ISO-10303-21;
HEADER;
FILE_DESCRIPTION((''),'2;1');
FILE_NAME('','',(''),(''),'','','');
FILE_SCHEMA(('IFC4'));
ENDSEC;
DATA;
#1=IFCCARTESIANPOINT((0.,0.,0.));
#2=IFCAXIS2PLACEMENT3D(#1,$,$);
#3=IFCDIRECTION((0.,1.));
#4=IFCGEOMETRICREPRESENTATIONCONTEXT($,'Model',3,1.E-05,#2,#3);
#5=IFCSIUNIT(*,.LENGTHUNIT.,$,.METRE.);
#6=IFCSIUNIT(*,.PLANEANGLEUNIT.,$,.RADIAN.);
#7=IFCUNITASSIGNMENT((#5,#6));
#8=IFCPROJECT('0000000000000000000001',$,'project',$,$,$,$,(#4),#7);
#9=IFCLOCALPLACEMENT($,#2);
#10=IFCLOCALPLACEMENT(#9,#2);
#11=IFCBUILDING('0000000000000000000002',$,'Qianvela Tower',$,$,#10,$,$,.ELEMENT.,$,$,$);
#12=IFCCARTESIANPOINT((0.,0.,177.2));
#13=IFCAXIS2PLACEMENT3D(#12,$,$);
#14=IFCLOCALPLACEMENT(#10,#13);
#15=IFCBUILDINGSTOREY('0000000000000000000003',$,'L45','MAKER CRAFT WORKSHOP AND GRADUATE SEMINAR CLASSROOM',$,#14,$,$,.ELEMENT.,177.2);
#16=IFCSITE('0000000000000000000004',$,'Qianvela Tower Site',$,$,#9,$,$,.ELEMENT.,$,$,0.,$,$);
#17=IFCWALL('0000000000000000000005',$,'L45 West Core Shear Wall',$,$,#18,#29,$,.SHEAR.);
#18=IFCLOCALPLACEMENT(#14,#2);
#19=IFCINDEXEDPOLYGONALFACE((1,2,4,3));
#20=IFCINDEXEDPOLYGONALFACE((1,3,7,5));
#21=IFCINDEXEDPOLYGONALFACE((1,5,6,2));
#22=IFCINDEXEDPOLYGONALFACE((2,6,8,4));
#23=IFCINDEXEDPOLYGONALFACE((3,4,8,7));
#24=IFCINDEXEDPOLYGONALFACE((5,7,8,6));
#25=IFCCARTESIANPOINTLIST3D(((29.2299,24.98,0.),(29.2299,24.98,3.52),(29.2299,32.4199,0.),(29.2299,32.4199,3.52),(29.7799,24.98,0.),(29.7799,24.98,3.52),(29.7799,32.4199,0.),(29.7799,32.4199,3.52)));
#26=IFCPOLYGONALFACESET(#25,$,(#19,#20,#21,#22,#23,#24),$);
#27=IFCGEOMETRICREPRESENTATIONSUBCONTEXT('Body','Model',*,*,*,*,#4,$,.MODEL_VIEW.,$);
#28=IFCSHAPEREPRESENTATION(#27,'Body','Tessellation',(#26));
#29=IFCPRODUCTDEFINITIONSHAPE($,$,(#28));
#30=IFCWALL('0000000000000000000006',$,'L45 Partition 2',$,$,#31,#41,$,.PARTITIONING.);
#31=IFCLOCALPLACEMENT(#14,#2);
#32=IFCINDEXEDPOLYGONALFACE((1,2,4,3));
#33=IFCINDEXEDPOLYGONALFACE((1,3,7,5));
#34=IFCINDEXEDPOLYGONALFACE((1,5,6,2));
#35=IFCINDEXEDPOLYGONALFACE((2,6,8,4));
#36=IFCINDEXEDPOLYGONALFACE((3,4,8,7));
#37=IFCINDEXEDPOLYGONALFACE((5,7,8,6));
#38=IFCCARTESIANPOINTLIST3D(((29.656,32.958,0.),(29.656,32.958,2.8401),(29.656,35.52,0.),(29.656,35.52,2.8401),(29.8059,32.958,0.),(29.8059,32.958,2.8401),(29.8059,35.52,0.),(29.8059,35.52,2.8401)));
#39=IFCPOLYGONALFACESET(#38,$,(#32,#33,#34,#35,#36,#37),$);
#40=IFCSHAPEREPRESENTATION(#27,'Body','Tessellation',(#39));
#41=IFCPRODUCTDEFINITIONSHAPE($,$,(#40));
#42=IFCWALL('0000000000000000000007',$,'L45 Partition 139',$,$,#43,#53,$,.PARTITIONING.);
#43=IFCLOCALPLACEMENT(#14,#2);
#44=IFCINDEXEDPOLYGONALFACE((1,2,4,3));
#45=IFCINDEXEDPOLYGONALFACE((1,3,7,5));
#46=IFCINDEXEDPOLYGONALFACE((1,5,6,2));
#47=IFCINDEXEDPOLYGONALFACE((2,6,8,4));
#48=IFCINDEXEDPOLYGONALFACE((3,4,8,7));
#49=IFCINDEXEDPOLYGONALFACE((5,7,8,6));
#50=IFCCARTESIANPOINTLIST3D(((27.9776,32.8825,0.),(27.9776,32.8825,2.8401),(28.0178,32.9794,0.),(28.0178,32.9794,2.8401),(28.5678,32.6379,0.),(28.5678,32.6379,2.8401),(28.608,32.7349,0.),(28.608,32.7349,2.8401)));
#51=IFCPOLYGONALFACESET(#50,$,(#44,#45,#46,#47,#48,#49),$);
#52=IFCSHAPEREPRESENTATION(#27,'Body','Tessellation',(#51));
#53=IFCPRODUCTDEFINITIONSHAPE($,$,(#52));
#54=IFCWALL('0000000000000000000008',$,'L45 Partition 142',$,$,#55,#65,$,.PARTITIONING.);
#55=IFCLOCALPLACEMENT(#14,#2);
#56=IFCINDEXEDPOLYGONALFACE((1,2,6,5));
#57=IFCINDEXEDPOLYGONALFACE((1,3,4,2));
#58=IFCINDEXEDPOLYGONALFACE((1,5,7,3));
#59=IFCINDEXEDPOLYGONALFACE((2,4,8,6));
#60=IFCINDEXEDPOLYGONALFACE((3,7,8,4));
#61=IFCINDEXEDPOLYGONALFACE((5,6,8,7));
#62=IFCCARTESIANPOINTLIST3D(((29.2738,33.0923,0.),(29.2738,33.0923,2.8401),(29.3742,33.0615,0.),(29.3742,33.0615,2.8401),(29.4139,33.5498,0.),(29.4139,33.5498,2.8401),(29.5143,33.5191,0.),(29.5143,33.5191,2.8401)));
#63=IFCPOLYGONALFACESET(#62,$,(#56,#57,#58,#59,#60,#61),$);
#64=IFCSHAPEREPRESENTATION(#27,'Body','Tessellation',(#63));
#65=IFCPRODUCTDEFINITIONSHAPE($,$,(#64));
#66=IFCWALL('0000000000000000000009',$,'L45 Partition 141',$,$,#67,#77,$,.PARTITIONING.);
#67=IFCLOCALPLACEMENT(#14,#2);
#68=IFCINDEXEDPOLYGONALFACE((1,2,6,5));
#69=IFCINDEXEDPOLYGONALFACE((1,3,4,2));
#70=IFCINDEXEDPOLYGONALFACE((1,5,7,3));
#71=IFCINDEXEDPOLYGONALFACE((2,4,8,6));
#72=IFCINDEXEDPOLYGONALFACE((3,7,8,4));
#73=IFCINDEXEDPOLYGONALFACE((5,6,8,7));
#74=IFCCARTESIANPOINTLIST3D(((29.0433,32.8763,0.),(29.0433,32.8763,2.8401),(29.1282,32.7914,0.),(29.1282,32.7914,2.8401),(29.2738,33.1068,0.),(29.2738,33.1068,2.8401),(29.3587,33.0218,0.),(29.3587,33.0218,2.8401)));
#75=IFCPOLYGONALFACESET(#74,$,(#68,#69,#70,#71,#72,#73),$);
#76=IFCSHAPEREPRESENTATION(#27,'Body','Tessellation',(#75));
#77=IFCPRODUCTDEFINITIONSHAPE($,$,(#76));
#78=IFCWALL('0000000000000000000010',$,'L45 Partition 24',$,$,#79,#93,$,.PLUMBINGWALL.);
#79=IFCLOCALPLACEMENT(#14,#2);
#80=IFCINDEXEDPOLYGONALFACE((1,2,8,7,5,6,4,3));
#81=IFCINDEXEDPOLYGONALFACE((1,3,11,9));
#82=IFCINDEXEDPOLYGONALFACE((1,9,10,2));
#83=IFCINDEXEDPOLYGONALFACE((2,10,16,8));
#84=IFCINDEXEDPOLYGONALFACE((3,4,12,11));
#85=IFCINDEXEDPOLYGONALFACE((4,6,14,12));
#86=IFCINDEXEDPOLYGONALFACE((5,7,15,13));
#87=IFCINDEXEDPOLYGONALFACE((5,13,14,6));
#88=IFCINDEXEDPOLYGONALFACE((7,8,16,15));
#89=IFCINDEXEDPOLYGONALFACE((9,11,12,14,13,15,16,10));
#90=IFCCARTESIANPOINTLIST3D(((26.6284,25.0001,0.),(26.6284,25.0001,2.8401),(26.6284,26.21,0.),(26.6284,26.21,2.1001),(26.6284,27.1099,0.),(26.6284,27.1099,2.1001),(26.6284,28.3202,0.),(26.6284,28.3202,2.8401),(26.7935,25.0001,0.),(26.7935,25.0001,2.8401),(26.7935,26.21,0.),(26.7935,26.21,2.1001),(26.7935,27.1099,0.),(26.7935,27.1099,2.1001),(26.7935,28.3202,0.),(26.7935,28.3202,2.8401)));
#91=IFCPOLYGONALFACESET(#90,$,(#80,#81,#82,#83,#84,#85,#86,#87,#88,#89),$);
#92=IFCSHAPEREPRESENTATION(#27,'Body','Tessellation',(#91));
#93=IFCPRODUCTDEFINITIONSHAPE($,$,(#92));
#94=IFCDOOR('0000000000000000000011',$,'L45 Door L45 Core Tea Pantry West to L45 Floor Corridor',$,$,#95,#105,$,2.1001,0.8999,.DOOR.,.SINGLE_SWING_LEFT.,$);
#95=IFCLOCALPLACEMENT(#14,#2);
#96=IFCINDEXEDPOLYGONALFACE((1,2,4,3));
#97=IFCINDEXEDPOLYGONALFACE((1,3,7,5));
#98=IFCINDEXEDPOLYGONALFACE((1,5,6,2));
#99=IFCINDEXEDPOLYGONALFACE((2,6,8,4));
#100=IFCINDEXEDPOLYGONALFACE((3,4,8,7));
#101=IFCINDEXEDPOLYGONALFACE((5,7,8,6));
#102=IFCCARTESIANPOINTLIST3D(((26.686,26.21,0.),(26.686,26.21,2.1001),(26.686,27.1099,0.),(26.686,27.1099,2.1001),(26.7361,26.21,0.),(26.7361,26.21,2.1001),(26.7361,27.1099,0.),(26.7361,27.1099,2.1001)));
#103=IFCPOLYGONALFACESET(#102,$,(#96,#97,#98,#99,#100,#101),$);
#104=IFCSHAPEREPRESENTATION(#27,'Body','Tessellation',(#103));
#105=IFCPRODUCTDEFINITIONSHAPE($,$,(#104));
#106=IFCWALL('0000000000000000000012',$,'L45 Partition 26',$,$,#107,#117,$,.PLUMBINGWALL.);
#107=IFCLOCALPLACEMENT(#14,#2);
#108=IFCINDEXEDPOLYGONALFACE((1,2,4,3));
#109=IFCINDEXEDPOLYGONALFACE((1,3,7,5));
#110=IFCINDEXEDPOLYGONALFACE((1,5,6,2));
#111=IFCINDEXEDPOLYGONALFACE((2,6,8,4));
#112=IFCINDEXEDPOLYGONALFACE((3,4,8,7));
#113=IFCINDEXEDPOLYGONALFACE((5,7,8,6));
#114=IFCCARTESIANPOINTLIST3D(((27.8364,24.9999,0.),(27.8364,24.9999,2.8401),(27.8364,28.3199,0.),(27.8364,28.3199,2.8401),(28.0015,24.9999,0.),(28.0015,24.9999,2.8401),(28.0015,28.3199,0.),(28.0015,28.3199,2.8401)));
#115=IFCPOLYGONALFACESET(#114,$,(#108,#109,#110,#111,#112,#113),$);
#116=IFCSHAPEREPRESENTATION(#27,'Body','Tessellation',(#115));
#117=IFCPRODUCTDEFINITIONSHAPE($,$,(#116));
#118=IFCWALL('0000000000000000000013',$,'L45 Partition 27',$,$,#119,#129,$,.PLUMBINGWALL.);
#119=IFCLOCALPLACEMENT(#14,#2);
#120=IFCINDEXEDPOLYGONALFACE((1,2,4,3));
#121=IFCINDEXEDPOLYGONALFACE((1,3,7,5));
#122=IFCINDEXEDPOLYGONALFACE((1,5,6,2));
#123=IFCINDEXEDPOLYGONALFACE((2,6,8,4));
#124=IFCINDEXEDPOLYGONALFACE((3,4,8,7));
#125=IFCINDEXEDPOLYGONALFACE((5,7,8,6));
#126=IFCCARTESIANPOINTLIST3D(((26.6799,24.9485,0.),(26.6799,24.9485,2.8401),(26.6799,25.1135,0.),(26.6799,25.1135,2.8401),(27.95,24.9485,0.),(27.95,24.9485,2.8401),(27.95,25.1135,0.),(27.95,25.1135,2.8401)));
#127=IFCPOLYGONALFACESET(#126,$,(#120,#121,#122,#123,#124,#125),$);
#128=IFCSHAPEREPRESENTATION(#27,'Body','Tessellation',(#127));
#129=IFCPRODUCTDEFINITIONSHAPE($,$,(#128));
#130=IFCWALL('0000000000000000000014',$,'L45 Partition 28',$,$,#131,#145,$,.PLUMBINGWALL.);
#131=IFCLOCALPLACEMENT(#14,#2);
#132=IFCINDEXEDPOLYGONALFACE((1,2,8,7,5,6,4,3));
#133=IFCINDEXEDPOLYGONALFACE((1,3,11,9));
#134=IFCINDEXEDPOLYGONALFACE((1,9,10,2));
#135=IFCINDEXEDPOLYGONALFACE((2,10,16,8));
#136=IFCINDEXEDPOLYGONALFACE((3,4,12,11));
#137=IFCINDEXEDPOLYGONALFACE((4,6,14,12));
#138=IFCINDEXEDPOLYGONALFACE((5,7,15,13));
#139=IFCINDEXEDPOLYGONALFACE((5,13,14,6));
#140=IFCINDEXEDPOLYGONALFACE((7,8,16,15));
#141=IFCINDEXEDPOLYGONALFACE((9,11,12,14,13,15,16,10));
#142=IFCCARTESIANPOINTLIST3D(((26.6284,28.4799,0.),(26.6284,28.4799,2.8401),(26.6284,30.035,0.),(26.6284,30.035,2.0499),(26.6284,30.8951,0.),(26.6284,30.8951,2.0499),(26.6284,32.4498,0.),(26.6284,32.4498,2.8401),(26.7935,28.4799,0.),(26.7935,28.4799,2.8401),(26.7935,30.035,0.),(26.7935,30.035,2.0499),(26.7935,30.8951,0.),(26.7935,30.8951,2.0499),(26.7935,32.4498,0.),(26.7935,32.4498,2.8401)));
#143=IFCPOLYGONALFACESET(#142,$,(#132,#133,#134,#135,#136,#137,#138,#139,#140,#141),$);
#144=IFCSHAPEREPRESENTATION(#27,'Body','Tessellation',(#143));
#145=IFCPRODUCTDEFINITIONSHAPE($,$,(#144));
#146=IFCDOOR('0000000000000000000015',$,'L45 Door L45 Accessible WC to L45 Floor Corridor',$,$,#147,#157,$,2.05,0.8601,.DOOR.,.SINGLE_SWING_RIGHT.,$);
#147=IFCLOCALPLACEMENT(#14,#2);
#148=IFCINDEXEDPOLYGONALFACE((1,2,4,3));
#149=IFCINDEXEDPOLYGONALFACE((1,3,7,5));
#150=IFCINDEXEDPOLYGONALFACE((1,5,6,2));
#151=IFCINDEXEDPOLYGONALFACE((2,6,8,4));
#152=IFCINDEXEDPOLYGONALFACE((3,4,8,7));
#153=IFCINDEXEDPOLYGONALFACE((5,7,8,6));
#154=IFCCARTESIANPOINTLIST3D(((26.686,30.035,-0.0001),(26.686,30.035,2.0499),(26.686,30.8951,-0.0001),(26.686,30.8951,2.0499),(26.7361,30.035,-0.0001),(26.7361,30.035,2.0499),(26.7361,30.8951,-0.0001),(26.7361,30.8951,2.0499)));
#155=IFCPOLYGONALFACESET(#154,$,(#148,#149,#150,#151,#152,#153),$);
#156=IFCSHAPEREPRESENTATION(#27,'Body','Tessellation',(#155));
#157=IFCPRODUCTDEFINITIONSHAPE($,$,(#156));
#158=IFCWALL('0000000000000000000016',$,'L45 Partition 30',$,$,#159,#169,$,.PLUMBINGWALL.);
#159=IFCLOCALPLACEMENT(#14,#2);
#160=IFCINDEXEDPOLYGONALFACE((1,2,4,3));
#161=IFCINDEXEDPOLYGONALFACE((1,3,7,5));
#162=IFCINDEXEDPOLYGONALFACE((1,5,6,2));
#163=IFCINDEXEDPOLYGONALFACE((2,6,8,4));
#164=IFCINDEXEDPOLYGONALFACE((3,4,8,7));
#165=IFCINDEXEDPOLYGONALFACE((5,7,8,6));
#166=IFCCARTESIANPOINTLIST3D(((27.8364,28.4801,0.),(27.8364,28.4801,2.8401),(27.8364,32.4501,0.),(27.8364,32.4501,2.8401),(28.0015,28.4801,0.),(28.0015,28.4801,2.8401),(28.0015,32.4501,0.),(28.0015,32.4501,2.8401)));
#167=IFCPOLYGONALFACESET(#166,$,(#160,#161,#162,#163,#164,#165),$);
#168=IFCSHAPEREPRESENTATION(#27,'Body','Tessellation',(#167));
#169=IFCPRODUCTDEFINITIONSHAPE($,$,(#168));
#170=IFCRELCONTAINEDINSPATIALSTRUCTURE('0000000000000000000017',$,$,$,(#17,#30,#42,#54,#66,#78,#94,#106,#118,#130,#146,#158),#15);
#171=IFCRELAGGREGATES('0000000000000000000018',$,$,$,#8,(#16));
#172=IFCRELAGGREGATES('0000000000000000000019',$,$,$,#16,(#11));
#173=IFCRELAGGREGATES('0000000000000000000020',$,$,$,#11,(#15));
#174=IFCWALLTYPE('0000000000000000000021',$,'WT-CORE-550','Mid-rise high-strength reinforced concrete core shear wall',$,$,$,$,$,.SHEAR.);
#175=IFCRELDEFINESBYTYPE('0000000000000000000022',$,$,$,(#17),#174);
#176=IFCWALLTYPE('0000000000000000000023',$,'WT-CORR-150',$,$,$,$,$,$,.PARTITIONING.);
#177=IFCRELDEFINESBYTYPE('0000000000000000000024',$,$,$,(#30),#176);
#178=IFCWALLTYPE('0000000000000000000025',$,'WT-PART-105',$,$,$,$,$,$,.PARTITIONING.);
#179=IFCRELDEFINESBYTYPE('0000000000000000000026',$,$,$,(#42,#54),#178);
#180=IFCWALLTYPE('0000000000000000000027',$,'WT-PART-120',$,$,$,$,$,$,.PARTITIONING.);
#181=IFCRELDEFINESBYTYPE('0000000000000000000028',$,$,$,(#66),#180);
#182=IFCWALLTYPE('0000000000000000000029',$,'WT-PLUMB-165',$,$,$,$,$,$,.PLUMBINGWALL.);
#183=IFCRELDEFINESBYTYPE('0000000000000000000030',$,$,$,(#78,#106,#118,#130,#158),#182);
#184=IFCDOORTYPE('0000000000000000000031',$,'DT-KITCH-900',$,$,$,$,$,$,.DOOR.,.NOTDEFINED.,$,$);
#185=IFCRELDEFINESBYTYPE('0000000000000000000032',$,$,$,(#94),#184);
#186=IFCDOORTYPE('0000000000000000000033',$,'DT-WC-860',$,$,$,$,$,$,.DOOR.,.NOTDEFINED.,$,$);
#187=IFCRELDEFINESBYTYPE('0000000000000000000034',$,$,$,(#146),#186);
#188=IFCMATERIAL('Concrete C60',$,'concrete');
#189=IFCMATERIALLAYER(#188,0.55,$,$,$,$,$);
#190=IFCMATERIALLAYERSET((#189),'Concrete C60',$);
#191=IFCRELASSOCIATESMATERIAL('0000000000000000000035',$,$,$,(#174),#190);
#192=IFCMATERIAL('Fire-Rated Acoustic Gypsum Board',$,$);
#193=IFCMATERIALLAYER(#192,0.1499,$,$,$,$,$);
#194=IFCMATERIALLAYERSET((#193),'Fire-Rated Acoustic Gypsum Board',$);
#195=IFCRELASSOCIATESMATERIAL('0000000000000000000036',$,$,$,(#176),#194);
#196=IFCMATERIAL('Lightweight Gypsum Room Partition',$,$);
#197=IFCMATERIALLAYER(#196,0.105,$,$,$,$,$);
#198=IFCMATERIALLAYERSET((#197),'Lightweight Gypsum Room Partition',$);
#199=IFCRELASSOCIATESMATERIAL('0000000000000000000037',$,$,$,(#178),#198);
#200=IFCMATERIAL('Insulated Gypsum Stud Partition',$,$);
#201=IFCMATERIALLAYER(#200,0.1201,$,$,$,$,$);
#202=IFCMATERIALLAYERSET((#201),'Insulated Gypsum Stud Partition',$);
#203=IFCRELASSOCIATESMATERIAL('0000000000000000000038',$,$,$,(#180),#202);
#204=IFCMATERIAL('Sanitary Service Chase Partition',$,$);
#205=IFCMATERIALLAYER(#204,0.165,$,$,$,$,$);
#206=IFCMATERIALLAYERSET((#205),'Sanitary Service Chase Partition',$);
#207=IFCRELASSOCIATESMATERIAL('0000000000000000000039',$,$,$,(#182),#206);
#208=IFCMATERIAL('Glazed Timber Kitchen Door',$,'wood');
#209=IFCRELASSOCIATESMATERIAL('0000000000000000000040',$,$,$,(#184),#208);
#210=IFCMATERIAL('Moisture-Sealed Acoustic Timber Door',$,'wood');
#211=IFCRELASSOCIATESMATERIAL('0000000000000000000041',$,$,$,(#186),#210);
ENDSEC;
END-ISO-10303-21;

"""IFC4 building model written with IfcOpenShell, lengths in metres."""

from ifc_helpers import new_model, si_unit, direction, frame, frame_2d, origin, place, context, subcontext, project, spatial, rectangle, extrude, material, layer, layer_set, type_object, element, fill, save


model = new_model("IFC4")

# Units and contexts
model_context = context("Model", 3, precision=1e-05, world=origin(), true_north=direction((0.0, 1.0)))
body_context = subcontext(model_context, "Body", "Model", "MODEL_VIEW")
ifc_project = project(units=[si_unit("LENGTHUNIT", "METRE"), si_unit("PLANEANGLEUNIT", "RADIAN")], contexts=[model_context])

# Site, building, storey
site_placement = place(None, origin())
site = spatial("IfcSite", under=ifc_project, at=site_placement, Name="Qianvela Tower Site", CompositionType="ELEMENT", RefElevation=0.0)
building_placement = place(site_placement, origin())
building = spatial("IfcBuilding", under=site, at=building_placement, Name="Qianvela Tower", CompositionType="ELEMENT")
storey_placement = place(building_placement, frame((0.0, 0.0, 177.2)))
storey = spatial("IfcBuildingStorey", under=building, at=storey_placement, Name="L45", Description="MAKER CRAFT WORKSHOP AND GRADUATE SEMINAR CLASSROOM", CompositionType="ELEMENT", Elevation=177.2)

# Shared definitions
ifc_material_1 = material(Name="Concrete C60", Category="concrete")
ifc_layer_1 = layer(ifc_material_1, 0.55)
ifc_layer_set_1 = layer_set([ifc_layer_1], Name="Concrete C60")
wall_type_1 = type_object("IfcWallType", Name="WT-CORE-550", Description="Mid-rise high-strength reinforced concrete core shear wall", PredefinedType="SHEAR", material=ifc_layer_set_1)

# Walls
wall_1_placement = place(storey_placement, frame((29.5049, 24.98, 0.0), z_axis=(0.0, 0.0, 1.0), x_axis=(0.0, 1.0, 0.0)))
element("IfcWall", 1, at=wall_1_placement, inside=storey, type_object=wall_type_1, Name="L45 West Core Shear Wall", PredefinedType="SHEAR", context=body_context, shape_type="SweptSolid", body=[
    extrude(rectangle(XDim=7.4399, YDim=0.55, at=frame_2d((3.72, 0.0))), origin(), (0.0, 0.0, 1.0), 3.52),
])
ifc_material_2 = material(Name="Fire-Rated Acoustic Gypsum Board")
ifc_layer_2 = layer(ifc_material_2, 0.1499)
ifc_layer_set_2 = layer_set([ifc_layer_2], Name="Fire-Rated Acoustic Gypsum Board")
wall_type_2 = type_object("IfcWallType", Name="WT-CORR-150", PredefinedType="PARTITIONING", material=ifc_layer_set_2)
wall_2_placement = place(storey_placement, frame((29.731, 32.958, 0.0), z_axis=(0.0, 0.0, 1.0), x_axis=(0.0, 1.0, 0.0)))
element("IfcWall", 2, at=wall_2_placement, inside=storey, type_object=wall_type_2, Name="L45 Partition 2", PredefinedType="PARTITIONING", context=body_context, shape_type="SweptSolid", body=[
    extrude(rectangle(XDim=2.562, YDim=0.1499, at=frame_2d((1.281, 0.0))), origin(), (0.0, 0.0, 1.0), 2.8401),
])
ifc_material_3 = material(Name="Lightweight Gypsum Room Partition")
ifc_layer_3 = layer(ifc_material_3, 0.105)
ifc_layer_set_3 = layer_set([ifc_layer_3], Name="Lightweight Gypsum Room Partition")
wall_type_3 = type_object("IfcWallType", Name="WT-PART-105", PredefinedType="PARTITIONING", material=ifc_layer_set_3)
wall_3_placement = place(storey_placement, frame((27.9978, 32.9309, 0.0), z_axis=(0.0, 0.0, 1.0), x_axis=(0.923821, -0.382824, 0.0)))
element("IfcWall", 3, at=wall_3_placement, inside=storey, type_object=wall_type_3, Name="L45 Partition 139", PredefinedType="PARTITIONING", context=body_context, shape_type="SweptSolid", body=[
    extrude(rectangle(XDim=0.6389, YDim=0.105, at=frame_2d((0.3193, 0.0))), origin(), (0.0, 0.0, 1.0), 2.8401),
])
wall_4_placement = place(storey_placement, frame((29.324, 33.0769, 0.0), z_axis=(0.0, 0.0, 1.0), x_axis=(0.292867, 0.956153, 0.0)))
element("IfcWall", 4, at=wall_4_placement, inside=storey, type_object=wall_type_3, Name="L45 Partition 142", PredefinedType="PARTITIONING", context=body_context, shape_type="SweptSolid", body=[
    extrude(rectangle(XDim=0.4785, YDim=0.105, at=frame_2d((0.2393, 0.0))), origin(), (0.0, 0.0, 1.0), 2.8401),
])
ifc_material_4 = material(Name="Insulated Gypsum Stud Partition")
ifc_layer_4 = layer(ifc_material_4, 0.1201)
ifc_layer_set_4 = layer_set([ifc_layer_4], Name="Insulated Gypsum Stud Partition")
wall_type_4 = type_object("IfcWallType", Name="WT-PART-120", PredefinedType="PARTITIONING", material=ifc_layer_set_4)
wall_5_placement = place(storey_placement, frame((29.0857, 32.8337, 0.0), z_axis=(0.0, 0.0, 1.0), x_axis=(0.707107, 0.707107, 0.0)))
element("IfcWall", 5, at=wall_5_placement, inside=storey, type_object=wall_type_4, Name="L45 Partition 141", PredefinedType="PARTITIONING", context=body_context, shape_type="SweptSolid", body=[
    extrude(rectangle(XDim=0.3259, YDim=0.1201, at=frame_2d((0.1631, 0.0))), origin(), (0.0, 0.0, 1.0), 2.8401),
])

# Wall, opening, door
ifc_material_5 = material(Name="Sanitary Service Chase Partition")
ifc_layer_5 = layer(ifc_material_5, 0.165)
ifc_layer_set_5 = layer_set([ifc_layer_5], Name="Sanitary Service Chase Partition")
wall_type_5 = type_object("IfcWallType", Name="WT-PLUMB-165", PredefinedType="PLUMBINGWALL", material=ifc_layer_set_5)
wall_6_placement = place(storey_placement, frame((26.7109, 25.0, 0.0), z_axis=(0.0, 0.0, 1.0), x_axis=(0.0, 1.0, 0.0)))
wall_6 = element("IfcWall", 6, at=wall_6_placement, inside=storey, type_object=wall_type_5, Name="L45 Partition 24", PredefinedType="PLUMBINGWALL", context=body_context, shape_type="SweptSolid", body=[
    extrude(rectangle(XDim=3.3201, YDim=0.165, at=frame_2d((1.6602, 0.0))), origin(), (0.0, 0.0, 1.0), 2.8401),
])
opening_1_placement = place(wall_6_placement, frame((1.21, 0.0, 0.0)))
opening_1 = element("IfcOpeningElement", 7, at=opening_1_placement, cuts=wall_6, PredefinedType="OPENING", context=body_context, shape_type="SweptSolid", body=[
    extrude(rectangle(XDim=0.8999, YDim=2.1001, at=frame_2d((0.45, 1.05))), frame((0.0, 0.0925, 0.0), z_axis=(0.0, -1.0, 0.0), x_axis=(1.0, 0.0, 0.0)), (0.0, 0.0, 1.0), 0.1851),
])
ifc_material_6 = material(Name="Glazed Timber Kitchen Door", Category="wood")
door_type_1 = type_object("IfcDoorType", Name="DT-KITCH-900", OperationType="NOTDEFINED", PredefinedType="DOOR", material=ifc_material_6)
door_1_placement = place(opening_1_placement, origin())
door_1 = element("IfcDoor", 8, at=door_1_placement, inside=storey, type_object=door_type_1, Name="L45 Door L45 Core Tea Pantry West to L45 Floor Corridor", OperationType="SINGLE_SWING_LEFT", OverallHeight=2.1001, OverallWidth=0.8999, PredefinedType="DOOR", context=body_context, shape_type="SweptSolid", body=[
    extrude(rectangle(XDim=0.8999, YDim=2.1001, at=frame_2d((0.45, 1.05))), frame((0.0, 0.0249, 0.0), z_axis=(0.0, -1.0, 0.0), x_axis=(1.0, 0.0, 0.0)), (0.0, 0.0, 1.0), 0.05),
])
fill(opening_1, door_1)

# Walls
wall_7_placement = place(storey_placement, frame((27.9189, 28.3201, 0.0), z_axis=(0.0, 0.0, 1.0), x_axis=(0.0, -1.0, 0.0)))
element("IfcWall", 9, at=wall_7_placement, inside=storey, type_object=wall_type_5, Name="L45 Partition 26", PredefinedType="PLUMBINGWALL", context=body_context, shape_type="SweptSolid", body=[
    extrude(rectangle(XDim=3.3201, YDim=0.165, at=frame_2d((1.6602, 0.0))), origin(), (0.0, 0.0, 1.0), 2.8401),
])
wall_8_placement = place(storey_placement, frame((27.95, 25.031, 0.0), z_axis=(0.0, 0.0, 1.0), x_axis=(-1.0, 0.0, 0.0)))
element("IfcWall", 10, at=wall_8_placement, inside=storey, type_object=wall_type_5, Name="L45 Partition 27", PredefinedType="PLUMBINGWALL", context=body_context, shape_type="SweptSolid", body=[
    extrude(rectangle(XDim=1.27, YDim=0.165, at=frame_2d((0.635, 0.0))), origin(), (0.0, 0.0, 1.0), 2.8401),
])

# Wall, opening, door
wall_9_placement = place(storey_placement, frame((26.7109, 28.48, 0.0), z_axis=(0.0, 0.0, 1.0), x_axis=(0.0, 1.0, 0.0)))
wall_9 = element("IfcWall", 11, at=wall_9_placement, inside=storey, type_object=wall_type_5, Name="L45 Partition 28", PredefinedType="PLUMBINGWALL", context=body_context, shape_type="SweptSolid", body=[
    extrude(rectangle(XDim=3.97, YDim=0.165, at=frame_2d((1.9849, 0.0))), origin(), (0.0, 0.0, 1.0), 2.8401),
])
opening_2_placement = place(wall_9_placement, frame((1.5549, 0.0, 0.0)))
opening_2 = element("IfcOpeningElement", 12, at=opening_2_placement, cuts=wall_9, PredefinedType="OPENING", context=body_context, shape_type="SweptSolid", body=[
    extrude(rectangle(XDim=0.8601, YDim=2.05, at=frame_2d((0.4302, 1.0249))), frame((0.0, 0.0925, 0.0), z_axis=(0.0, -1.0, 0.0), x_axis=(1.0, 0.0, 0.0)), (0.0, 0.0, 1.0), 0.1851),
])
ifc_material_7 = material(Name="Moisture-Sealed Acoustic Timber Door", Category="wood")
door_type_2 = type_object("IfcDoorType", Name="DT-WC-860", OperationType="NOTDEFINED", PredefinedType="DOOR", material=ifc_material_7)
door_2_placement = place(opening_2_placement, origin())
door_2 = element("IfcDoor", 13, at=door_2_placement, inside=storey, type_object=door_type_2, Name="L45 Door L45 Accessible WC to L45 Floor Corridor", OperationType="SINGLE_SWING_RIGHT", OverallHeight=2.05, OverallWidth=0.8601, PredefinedType="DOOR", context=body_context, shape_type="SweptSolid", body=[
    extrude(rectangle(XDim=0.8601, YDim=2.05, at=frame_2d((0.4302, 1.0249))), frame((0.0, 0.0249, 0.0), z_axis=(0.0, -1.0, 0.0), x_axis=(1.0, 0.0, 0.0)), (0.0, 0.0, 1.0), 0.05),
])
fill(opening_2, door_2)

# Wall
wall_10_placement = place(storey_placement, frame((27.9189, 32.45, 0.0), z_axis=(0.0, 0.0, 1.0), x_axis=(0.0, -1.0, 0.0)))
element("IfcWall", 14, at=wall_10_placement, inside=storey, type_object=wall_type_5, Name="L45 Partition 30", PredefinedType="PLUMBINGWALL", context=body_context, shape_type="SweptSolid", body=[
    extrude(rectangle(XDim=3.97, YDim=0.165, at=frame_2d((1.9849, 0.0))), origin(), (0.0, 0.0, 1.0), 2.8401),
])

save(model, "model.ifc")
